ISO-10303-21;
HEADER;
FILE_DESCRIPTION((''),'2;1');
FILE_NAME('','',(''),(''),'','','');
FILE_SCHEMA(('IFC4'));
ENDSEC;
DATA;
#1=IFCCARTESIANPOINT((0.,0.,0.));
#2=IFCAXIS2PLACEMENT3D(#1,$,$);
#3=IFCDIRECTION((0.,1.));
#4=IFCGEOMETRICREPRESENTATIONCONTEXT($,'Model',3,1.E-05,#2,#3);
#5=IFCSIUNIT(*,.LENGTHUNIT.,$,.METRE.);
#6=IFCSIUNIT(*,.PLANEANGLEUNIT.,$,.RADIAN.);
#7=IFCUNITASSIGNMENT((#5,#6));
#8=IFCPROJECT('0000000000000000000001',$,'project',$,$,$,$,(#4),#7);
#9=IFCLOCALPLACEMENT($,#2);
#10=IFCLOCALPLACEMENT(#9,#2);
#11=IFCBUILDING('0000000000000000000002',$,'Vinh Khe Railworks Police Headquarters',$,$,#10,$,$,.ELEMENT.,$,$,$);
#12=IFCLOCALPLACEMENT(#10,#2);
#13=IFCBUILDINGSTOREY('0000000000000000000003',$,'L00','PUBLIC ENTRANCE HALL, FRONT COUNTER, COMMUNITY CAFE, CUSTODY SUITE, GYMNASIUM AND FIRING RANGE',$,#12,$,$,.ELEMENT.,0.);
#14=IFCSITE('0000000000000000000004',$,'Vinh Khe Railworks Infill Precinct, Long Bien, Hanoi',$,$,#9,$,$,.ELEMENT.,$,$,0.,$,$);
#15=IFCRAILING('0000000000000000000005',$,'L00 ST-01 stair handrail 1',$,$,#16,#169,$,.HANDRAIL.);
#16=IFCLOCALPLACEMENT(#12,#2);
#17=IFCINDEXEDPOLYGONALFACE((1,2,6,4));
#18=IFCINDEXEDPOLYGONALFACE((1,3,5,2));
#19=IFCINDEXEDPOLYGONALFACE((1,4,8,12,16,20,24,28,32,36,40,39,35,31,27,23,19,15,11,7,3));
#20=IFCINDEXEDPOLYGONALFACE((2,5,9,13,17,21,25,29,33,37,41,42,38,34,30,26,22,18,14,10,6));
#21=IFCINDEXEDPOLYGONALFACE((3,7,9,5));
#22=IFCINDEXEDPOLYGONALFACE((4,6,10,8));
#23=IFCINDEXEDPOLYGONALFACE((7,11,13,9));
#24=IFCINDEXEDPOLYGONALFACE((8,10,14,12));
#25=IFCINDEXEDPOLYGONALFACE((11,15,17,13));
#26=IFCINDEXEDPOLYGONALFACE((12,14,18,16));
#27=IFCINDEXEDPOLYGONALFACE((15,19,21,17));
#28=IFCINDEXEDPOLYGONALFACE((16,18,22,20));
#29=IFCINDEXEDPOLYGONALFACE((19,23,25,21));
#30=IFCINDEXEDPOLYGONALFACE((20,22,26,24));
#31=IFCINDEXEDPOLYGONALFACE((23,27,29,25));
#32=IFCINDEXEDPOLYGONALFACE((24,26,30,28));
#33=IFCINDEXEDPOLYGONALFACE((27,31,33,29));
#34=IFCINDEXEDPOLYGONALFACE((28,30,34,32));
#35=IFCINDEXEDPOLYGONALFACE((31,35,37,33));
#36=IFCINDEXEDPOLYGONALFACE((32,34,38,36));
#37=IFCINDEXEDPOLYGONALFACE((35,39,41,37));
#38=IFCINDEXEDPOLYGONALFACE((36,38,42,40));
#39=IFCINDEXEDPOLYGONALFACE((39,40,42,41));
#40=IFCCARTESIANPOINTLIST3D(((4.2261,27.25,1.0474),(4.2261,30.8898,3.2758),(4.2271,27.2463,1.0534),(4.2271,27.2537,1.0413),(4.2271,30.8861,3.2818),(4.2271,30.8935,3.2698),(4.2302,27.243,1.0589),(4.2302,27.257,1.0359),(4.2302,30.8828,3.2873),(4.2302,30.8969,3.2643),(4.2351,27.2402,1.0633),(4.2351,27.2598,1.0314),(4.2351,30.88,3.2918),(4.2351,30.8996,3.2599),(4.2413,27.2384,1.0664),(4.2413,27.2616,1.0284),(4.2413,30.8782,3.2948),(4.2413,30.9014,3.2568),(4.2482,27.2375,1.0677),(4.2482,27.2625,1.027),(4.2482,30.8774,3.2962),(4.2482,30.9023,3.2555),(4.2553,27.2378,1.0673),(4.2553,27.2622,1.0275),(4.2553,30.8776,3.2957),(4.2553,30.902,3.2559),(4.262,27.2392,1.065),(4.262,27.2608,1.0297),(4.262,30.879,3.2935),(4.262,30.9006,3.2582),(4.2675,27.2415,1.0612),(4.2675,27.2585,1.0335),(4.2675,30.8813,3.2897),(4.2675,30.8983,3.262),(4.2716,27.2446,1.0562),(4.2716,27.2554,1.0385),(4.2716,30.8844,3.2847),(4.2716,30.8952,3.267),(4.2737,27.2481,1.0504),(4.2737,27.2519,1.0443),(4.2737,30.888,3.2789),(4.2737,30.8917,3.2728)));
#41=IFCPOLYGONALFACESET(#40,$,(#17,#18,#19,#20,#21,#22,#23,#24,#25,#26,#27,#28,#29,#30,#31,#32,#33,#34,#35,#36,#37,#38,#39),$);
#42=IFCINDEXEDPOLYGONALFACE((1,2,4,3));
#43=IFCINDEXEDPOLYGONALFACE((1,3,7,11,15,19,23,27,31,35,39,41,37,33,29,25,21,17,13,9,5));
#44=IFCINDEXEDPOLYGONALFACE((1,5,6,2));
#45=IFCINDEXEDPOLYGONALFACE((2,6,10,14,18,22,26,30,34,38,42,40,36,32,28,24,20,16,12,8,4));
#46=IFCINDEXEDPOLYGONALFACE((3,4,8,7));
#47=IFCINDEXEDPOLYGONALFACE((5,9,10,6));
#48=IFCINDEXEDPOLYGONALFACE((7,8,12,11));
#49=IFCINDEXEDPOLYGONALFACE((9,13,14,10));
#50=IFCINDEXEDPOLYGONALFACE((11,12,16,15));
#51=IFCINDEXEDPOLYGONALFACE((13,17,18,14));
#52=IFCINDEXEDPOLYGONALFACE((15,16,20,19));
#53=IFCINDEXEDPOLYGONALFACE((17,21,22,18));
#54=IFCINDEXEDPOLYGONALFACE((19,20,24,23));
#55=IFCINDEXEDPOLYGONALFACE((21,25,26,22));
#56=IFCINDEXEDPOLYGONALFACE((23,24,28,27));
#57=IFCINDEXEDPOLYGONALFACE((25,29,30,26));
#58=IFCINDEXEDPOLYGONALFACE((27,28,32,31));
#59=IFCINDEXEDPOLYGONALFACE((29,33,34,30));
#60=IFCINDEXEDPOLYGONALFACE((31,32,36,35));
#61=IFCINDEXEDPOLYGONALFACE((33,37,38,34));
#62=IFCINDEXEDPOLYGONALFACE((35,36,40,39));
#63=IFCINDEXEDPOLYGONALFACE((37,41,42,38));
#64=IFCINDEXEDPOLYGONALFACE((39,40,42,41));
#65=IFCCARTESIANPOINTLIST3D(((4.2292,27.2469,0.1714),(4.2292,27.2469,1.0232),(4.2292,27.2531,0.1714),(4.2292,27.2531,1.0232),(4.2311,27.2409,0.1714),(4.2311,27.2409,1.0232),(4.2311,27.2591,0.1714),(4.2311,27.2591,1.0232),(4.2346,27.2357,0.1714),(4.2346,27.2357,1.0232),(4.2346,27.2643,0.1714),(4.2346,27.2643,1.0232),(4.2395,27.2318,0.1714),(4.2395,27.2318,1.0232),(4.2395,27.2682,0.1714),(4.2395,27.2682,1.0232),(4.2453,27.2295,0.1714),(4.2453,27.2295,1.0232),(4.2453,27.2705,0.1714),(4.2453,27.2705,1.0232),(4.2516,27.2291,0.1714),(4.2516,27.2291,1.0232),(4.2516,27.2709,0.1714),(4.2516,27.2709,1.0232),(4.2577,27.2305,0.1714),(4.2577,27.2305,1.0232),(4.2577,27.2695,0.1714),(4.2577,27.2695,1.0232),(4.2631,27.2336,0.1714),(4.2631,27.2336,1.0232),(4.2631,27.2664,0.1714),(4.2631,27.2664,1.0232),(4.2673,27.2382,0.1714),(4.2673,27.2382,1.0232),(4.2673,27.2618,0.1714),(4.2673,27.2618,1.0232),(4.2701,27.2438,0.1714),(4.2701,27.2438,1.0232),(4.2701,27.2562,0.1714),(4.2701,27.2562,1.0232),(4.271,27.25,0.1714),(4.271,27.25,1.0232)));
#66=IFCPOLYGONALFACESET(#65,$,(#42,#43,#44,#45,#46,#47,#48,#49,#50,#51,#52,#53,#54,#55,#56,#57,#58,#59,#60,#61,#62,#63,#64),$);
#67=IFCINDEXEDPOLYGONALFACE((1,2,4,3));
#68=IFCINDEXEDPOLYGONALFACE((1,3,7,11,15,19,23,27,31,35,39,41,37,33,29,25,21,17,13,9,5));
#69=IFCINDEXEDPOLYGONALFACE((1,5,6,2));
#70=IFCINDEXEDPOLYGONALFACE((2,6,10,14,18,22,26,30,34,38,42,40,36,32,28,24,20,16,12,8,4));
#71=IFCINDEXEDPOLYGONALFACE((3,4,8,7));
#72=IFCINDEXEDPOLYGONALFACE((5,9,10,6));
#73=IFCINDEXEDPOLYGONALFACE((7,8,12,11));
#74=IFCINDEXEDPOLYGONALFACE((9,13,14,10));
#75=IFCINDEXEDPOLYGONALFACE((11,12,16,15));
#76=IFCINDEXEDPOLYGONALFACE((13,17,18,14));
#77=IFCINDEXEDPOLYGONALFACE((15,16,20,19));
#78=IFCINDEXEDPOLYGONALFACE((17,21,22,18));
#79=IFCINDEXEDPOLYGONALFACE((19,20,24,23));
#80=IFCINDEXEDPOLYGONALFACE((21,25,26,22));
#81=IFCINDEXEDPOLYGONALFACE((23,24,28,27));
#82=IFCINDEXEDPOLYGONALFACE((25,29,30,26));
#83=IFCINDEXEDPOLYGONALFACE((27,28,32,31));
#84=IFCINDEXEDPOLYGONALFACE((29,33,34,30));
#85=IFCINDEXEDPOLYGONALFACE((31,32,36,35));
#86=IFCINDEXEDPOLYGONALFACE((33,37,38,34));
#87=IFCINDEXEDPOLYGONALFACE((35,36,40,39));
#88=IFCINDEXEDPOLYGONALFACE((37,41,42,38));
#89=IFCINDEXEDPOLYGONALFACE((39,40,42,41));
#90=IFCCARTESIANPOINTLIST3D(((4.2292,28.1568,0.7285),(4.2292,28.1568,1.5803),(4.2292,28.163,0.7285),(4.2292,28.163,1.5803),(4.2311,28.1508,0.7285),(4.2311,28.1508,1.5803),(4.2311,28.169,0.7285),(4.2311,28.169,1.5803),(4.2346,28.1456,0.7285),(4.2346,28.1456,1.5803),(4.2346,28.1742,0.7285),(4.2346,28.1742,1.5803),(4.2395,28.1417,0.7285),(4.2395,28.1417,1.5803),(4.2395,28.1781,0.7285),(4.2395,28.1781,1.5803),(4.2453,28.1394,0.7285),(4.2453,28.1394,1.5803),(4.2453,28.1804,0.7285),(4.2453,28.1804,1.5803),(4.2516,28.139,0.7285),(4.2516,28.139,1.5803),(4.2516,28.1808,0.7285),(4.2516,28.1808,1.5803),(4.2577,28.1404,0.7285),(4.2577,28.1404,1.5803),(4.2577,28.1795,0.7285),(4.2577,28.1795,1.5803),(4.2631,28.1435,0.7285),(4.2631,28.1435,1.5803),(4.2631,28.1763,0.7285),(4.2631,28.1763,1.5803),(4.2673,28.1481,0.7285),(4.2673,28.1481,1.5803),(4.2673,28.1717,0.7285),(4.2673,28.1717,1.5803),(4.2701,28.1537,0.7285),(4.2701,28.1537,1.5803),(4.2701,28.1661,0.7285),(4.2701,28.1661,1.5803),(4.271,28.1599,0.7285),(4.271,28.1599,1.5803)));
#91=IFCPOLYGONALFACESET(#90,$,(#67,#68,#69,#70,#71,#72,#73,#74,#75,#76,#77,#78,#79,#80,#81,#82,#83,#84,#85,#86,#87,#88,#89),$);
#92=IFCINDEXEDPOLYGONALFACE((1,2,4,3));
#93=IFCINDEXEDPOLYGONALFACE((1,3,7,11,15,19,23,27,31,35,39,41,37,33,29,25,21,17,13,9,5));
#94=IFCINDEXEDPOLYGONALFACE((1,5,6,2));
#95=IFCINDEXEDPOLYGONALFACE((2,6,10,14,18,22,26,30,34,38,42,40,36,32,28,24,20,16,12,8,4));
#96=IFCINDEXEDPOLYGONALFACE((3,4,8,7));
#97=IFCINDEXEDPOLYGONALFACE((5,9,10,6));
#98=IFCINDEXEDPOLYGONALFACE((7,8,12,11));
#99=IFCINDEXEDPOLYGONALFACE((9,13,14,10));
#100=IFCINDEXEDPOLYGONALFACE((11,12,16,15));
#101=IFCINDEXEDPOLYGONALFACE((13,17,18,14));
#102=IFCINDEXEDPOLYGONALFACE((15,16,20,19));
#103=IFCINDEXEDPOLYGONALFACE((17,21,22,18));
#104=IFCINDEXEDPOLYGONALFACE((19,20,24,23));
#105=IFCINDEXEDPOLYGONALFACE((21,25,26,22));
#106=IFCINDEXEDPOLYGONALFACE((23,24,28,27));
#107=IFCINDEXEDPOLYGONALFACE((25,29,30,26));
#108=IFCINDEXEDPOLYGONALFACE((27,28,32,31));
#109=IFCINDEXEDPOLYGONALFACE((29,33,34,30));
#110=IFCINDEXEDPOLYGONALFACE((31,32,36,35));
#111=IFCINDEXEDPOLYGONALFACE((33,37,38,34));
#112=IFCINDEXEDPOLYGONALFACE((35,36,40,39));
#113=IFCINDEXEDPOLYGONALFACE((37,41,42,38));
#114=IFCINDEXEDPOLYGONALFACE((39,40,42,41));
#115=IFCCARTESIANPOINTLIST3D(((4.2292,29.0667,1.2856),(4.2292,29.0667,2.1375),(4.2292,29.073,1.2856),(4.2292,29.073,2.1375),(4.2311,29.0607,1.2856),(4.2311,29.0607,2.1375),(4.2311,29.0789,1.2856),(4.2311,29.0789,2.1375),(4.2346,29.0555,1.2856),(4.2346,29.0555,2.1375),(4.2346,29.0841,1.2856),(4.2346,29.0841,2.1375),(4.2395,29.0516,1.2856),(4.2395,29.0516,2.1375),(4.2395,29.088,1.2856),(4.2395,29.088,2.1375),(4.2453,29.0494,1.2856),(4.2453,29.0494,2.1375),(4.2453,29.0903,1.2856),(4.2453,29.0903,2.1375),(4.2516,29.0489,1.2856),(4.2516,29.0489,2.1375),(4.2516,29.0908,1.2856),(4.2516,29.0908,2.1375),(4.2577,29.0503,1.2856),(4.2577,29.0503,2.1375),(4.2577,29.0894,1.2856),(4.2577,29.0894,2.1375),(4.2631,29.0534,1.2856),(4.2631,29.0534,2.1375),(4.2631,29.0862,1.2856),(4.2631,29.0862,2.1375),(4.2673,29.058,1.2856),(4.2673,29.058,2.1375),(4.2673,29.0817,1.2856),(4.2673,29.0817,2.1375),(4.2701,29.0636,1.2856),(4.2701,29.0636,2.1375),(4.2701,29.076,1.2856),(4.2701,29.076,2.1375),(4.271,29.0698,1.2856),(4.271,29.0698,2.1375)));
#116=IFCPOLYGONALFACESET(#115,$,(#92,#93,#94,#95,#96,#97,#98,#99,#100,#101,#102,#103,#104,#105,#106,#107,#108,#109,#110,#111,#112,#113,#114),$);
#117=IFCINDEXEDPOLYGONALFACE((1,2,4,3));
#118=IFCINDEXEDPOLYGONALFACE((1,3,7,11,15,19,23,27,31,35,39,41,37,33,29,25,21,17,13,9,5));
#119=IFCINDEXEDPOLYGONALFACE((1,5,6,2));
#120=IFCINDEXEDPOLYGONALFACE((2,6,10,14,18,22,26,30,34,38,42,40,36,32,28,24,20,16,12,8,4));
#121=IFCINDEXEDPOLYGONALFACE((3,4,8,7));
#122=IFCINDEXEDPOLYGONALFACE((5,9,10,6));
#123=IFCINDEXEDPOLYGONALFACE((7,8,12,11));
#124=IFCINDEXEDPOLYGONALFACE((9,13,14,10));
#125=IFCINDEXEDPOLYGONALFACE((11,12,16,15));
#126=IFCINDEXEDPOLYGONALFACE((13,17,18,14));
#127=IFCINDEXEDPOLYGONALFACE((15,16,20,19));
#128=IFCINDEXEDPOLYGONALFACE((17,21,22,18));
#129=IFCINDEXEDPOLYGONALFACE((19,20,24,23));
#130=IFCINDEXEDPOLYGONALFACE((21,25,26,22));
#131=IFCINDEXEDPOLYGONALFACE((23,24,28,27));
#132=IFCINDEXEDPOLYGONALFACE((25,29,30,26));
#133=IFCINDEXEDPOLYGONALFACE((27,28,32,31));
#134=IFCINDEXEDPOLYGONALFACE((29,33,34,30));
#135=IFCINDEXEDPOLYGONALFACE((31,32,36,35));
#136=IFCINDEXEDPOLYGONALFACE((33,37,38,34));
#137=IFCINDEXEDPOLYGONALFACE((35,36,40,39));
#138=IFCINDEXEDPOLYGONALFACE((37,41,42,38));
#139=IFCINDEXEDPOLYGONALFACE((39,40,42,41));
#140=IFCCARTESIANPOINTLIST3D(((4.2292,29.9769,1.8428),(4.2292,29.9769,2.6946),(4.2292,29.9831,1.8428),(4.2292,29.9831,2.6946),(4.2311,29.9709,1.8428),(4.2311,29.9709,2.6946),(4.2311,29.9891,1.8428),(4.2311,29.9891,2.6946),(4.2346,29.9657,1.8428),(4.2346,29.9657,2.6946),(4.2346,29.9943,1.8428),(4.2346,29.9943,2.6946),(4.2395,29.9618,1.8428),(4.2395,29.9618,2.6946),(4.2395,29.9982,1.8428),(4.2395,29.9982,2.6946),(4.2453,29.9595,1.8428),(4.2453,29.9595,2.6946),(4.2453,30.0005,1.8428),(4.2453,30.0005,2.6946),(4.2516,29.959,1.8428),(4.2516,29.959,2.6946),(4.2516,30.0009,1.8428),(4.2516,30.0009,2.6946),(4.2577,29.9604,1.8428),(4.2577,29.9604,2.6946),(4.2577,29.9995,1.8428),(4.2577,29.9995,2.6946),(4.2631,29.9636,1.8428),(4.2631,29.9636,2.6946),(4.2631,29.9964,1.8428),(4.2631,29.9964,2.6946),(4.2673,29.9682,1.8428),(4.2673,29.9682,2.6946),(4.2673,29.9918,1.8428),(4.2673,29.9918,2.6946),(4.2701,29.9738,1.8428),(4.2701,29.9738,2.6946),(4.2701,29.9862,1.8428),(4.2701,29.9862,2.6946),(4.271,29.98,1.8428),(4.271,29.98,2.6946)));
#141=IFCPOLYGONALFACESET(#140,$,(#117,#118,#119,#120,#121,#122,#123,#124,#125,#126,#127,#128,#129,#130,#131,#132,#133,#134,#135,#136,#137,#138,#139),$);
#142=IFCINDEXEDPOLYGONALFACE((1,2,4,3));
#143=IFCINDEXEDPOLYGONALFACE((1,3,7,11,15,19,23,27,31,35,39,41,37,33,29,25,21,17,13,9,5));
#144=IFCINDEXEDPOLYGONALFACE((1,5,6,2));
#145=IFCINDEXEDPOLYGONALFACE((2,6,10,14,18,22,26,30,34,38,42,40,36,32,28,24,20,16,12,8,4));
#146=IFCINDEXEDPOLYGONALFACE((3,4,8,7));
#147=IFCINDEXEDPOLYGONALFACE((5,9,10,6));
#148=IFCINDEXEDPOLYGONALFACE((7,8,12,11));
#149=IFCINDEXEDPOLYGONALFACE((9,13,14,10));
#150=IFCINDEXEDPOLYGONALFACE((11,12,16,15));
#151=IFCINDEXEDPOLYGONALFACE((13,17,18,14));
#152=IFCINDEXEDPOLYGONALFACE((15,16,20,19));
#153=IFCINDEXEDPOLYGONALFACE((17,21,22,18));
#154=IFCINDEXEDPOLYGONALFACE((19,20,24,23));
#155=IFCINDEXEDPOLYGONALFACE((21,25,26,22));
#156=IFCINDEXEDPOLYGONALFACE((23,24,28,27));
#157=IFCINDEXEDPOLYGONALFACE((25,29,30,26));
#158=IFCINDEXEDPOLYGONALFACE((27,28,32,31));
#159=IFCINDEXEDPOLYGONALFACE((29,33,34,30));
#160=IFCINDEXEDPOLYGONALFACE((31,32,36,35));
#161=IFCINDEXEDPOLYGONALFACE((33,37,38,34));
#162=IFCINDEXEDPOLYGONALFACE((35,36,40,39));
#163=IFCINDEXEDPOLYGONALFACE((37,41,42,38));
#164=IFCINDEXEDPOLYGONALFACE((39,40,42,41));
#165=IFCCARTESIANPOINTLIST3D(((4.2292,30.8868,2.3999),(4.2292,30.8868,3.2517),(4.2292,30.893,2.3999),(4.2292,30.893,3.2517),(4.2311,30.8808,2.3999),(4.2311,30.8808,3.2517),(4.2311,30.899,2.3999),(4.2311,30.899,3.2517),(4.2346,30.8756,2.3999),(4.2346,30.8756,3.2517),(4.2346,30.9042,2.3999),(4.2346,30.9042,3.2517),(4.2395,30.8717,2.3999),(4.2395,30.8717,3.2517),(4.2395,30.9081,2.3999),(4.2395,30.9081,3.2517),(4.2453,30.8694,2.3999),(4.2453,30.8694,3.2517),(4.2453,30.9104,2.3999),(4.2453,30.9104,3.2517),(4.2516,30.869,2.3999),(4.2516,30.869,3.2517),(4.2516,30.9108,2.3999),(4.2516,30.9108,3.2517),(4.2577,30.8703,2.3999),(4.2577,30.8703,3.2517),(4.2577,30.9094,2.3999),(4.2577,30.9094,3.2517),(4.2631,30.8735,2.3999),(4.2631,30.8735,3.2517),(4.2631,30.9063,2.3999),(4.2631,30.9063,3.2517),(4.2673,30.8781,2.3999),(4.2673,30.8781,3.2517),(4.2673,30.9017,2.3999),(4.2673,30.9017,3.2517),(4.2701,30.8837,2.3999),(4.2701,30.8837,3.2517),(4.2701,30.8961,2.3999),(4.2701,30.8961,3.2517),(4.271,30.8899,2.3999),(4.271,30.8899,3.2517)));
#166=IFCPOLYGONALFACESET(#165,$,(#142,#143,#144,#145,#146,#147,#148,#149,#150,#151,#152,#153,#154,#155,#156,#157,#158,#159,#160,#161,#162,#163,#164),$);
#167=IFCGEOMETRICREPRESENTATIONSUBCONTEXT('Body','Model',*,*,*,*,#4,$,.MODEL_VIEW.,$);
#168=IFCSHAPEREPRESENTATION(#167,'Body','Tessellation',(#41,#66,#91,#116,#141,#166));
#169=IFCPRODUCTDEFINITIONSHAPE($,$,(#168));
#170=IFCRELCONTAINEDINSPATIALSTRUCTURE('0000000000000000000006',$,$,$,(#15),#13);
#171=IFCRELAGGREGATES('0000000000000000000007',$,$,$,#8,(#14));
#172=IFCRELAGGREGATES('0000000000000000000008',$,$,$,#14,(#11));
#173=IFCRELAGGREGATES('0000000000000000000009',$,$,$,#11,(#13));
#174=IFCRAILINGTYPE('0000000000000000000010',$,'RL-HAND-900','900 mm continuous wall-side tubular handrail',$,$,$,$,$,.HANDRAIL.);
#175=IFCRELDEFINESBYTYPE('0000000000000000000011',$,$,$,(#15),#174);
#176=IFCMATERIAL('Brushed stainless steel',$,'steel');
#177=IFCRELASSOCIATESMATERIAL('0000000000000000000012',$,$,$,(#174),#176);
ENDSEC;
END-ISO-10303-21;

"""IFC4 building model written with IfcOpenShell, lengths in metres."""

from ifc_helpers import new_model, si_unit, direction, frame, origin, origin_2d, place, context, subcontext, project, spatial, circle, extrude, material, type_object, element, save


model = new_model("IFC4")

# Units and contexts
model_context = context("Model", 3, precision=1e-05, world=origin(), true_north=direction((0.0, 1.0)))
body_context = subcontext(model_context, "Body", "Model", "MODEL_VIEW")
ifc_project = project(units=[si_unit("LENGTHUNIT", "METRE"), si_unit("PLANEANGLEUNIT", "RADIAN")], contexts=[model_context])

# Site, building, storey
site_placement = place(None, origin())
site = spatial("IfcSite", under=ifc_project, at=site_placement, Name="Vinh Khe Railworks Infill Precinct, Long Bien, Hanoi", CompositionType="ELEMENT", RefElevation=0.0)
building_placement = place(site_placement, origin())
building = spatial("IfcBuilding", under=site, at=building_placement, Name="Vinh Khe Railworks Police Headquarters", CompositionType="ELEMENT")
storey_placement = place(building_placement, origin())
storey = spatial("IfcBuildingStorey", under=building, at=storey_placement, Name="L00", Description="PUBLIC ENTRANCE HALL, FRONT COUNTER, COMMUNITY CAFE, CUSTODY SUITE, GYMNASIUM AND FIRING RANGE", CompositionType="ELEMENT", Elevation=0.0)

# Railing
ifc_material_1 = material(Name="Brushed stainless steel", Category="steel")
railing_type_1 = type_object("IfcRailingType", Name="RL-HAND-900", Description="900 mm continuous wall-side tubular handrail", PredefinedType="HANDRAIL", material=ifc_material_1)
railing_1_placement = place(storey_placement, frame((4.25, 27.25, 0.1714)))
element("IfcRailing", 1, at=railing_1_placement, inside=storey, type_object=railing_type_1, Name="L00 ST-01 stair handrail 1", PredefinedType="HANDRAIL", context=body_context, shape_type="SweptSolid", body=[
    extrude(circle(Radius=0.0239, at=origin_2d()), frame((0.0, 0.0, 0.876), z_axis=(0.0, 0.85285, 0.522156), x_axis=(-1.0, 0.0, 0.0)), (0.0, 0.0, 1.0), 4.2678),
    extrude(circle(Radius=0.021, at=origin_2d()), origin(), (0.0, 0.0, 1.0), 0.8518),
    extrude(circle(Radius=0.021, at=origin_2d()), frame((0.0, 0.9099, 0.5571)), (0.0, 0.0, 1.0), 0.8518),
    extrude(circle(Radius=0.021, at=origin_2d()), frame((0.0, 1.8198, 1.1143)), (0.0, 0.0, 1.0), 0.8518),
    extrude(circle(Radius=0.021, at=origin_2d()), frame((0.0, 2.73, 1.6714)), (0.0, 0.0, 1.0), 0.8518),
    extrude(circle(Radius=0.021, at=origin_2d()), frame((0.0, 3.6399, 2.2285)), (0.0, 0.0, 1.0), 0.8518),
])

save(model, "model.ifc")
